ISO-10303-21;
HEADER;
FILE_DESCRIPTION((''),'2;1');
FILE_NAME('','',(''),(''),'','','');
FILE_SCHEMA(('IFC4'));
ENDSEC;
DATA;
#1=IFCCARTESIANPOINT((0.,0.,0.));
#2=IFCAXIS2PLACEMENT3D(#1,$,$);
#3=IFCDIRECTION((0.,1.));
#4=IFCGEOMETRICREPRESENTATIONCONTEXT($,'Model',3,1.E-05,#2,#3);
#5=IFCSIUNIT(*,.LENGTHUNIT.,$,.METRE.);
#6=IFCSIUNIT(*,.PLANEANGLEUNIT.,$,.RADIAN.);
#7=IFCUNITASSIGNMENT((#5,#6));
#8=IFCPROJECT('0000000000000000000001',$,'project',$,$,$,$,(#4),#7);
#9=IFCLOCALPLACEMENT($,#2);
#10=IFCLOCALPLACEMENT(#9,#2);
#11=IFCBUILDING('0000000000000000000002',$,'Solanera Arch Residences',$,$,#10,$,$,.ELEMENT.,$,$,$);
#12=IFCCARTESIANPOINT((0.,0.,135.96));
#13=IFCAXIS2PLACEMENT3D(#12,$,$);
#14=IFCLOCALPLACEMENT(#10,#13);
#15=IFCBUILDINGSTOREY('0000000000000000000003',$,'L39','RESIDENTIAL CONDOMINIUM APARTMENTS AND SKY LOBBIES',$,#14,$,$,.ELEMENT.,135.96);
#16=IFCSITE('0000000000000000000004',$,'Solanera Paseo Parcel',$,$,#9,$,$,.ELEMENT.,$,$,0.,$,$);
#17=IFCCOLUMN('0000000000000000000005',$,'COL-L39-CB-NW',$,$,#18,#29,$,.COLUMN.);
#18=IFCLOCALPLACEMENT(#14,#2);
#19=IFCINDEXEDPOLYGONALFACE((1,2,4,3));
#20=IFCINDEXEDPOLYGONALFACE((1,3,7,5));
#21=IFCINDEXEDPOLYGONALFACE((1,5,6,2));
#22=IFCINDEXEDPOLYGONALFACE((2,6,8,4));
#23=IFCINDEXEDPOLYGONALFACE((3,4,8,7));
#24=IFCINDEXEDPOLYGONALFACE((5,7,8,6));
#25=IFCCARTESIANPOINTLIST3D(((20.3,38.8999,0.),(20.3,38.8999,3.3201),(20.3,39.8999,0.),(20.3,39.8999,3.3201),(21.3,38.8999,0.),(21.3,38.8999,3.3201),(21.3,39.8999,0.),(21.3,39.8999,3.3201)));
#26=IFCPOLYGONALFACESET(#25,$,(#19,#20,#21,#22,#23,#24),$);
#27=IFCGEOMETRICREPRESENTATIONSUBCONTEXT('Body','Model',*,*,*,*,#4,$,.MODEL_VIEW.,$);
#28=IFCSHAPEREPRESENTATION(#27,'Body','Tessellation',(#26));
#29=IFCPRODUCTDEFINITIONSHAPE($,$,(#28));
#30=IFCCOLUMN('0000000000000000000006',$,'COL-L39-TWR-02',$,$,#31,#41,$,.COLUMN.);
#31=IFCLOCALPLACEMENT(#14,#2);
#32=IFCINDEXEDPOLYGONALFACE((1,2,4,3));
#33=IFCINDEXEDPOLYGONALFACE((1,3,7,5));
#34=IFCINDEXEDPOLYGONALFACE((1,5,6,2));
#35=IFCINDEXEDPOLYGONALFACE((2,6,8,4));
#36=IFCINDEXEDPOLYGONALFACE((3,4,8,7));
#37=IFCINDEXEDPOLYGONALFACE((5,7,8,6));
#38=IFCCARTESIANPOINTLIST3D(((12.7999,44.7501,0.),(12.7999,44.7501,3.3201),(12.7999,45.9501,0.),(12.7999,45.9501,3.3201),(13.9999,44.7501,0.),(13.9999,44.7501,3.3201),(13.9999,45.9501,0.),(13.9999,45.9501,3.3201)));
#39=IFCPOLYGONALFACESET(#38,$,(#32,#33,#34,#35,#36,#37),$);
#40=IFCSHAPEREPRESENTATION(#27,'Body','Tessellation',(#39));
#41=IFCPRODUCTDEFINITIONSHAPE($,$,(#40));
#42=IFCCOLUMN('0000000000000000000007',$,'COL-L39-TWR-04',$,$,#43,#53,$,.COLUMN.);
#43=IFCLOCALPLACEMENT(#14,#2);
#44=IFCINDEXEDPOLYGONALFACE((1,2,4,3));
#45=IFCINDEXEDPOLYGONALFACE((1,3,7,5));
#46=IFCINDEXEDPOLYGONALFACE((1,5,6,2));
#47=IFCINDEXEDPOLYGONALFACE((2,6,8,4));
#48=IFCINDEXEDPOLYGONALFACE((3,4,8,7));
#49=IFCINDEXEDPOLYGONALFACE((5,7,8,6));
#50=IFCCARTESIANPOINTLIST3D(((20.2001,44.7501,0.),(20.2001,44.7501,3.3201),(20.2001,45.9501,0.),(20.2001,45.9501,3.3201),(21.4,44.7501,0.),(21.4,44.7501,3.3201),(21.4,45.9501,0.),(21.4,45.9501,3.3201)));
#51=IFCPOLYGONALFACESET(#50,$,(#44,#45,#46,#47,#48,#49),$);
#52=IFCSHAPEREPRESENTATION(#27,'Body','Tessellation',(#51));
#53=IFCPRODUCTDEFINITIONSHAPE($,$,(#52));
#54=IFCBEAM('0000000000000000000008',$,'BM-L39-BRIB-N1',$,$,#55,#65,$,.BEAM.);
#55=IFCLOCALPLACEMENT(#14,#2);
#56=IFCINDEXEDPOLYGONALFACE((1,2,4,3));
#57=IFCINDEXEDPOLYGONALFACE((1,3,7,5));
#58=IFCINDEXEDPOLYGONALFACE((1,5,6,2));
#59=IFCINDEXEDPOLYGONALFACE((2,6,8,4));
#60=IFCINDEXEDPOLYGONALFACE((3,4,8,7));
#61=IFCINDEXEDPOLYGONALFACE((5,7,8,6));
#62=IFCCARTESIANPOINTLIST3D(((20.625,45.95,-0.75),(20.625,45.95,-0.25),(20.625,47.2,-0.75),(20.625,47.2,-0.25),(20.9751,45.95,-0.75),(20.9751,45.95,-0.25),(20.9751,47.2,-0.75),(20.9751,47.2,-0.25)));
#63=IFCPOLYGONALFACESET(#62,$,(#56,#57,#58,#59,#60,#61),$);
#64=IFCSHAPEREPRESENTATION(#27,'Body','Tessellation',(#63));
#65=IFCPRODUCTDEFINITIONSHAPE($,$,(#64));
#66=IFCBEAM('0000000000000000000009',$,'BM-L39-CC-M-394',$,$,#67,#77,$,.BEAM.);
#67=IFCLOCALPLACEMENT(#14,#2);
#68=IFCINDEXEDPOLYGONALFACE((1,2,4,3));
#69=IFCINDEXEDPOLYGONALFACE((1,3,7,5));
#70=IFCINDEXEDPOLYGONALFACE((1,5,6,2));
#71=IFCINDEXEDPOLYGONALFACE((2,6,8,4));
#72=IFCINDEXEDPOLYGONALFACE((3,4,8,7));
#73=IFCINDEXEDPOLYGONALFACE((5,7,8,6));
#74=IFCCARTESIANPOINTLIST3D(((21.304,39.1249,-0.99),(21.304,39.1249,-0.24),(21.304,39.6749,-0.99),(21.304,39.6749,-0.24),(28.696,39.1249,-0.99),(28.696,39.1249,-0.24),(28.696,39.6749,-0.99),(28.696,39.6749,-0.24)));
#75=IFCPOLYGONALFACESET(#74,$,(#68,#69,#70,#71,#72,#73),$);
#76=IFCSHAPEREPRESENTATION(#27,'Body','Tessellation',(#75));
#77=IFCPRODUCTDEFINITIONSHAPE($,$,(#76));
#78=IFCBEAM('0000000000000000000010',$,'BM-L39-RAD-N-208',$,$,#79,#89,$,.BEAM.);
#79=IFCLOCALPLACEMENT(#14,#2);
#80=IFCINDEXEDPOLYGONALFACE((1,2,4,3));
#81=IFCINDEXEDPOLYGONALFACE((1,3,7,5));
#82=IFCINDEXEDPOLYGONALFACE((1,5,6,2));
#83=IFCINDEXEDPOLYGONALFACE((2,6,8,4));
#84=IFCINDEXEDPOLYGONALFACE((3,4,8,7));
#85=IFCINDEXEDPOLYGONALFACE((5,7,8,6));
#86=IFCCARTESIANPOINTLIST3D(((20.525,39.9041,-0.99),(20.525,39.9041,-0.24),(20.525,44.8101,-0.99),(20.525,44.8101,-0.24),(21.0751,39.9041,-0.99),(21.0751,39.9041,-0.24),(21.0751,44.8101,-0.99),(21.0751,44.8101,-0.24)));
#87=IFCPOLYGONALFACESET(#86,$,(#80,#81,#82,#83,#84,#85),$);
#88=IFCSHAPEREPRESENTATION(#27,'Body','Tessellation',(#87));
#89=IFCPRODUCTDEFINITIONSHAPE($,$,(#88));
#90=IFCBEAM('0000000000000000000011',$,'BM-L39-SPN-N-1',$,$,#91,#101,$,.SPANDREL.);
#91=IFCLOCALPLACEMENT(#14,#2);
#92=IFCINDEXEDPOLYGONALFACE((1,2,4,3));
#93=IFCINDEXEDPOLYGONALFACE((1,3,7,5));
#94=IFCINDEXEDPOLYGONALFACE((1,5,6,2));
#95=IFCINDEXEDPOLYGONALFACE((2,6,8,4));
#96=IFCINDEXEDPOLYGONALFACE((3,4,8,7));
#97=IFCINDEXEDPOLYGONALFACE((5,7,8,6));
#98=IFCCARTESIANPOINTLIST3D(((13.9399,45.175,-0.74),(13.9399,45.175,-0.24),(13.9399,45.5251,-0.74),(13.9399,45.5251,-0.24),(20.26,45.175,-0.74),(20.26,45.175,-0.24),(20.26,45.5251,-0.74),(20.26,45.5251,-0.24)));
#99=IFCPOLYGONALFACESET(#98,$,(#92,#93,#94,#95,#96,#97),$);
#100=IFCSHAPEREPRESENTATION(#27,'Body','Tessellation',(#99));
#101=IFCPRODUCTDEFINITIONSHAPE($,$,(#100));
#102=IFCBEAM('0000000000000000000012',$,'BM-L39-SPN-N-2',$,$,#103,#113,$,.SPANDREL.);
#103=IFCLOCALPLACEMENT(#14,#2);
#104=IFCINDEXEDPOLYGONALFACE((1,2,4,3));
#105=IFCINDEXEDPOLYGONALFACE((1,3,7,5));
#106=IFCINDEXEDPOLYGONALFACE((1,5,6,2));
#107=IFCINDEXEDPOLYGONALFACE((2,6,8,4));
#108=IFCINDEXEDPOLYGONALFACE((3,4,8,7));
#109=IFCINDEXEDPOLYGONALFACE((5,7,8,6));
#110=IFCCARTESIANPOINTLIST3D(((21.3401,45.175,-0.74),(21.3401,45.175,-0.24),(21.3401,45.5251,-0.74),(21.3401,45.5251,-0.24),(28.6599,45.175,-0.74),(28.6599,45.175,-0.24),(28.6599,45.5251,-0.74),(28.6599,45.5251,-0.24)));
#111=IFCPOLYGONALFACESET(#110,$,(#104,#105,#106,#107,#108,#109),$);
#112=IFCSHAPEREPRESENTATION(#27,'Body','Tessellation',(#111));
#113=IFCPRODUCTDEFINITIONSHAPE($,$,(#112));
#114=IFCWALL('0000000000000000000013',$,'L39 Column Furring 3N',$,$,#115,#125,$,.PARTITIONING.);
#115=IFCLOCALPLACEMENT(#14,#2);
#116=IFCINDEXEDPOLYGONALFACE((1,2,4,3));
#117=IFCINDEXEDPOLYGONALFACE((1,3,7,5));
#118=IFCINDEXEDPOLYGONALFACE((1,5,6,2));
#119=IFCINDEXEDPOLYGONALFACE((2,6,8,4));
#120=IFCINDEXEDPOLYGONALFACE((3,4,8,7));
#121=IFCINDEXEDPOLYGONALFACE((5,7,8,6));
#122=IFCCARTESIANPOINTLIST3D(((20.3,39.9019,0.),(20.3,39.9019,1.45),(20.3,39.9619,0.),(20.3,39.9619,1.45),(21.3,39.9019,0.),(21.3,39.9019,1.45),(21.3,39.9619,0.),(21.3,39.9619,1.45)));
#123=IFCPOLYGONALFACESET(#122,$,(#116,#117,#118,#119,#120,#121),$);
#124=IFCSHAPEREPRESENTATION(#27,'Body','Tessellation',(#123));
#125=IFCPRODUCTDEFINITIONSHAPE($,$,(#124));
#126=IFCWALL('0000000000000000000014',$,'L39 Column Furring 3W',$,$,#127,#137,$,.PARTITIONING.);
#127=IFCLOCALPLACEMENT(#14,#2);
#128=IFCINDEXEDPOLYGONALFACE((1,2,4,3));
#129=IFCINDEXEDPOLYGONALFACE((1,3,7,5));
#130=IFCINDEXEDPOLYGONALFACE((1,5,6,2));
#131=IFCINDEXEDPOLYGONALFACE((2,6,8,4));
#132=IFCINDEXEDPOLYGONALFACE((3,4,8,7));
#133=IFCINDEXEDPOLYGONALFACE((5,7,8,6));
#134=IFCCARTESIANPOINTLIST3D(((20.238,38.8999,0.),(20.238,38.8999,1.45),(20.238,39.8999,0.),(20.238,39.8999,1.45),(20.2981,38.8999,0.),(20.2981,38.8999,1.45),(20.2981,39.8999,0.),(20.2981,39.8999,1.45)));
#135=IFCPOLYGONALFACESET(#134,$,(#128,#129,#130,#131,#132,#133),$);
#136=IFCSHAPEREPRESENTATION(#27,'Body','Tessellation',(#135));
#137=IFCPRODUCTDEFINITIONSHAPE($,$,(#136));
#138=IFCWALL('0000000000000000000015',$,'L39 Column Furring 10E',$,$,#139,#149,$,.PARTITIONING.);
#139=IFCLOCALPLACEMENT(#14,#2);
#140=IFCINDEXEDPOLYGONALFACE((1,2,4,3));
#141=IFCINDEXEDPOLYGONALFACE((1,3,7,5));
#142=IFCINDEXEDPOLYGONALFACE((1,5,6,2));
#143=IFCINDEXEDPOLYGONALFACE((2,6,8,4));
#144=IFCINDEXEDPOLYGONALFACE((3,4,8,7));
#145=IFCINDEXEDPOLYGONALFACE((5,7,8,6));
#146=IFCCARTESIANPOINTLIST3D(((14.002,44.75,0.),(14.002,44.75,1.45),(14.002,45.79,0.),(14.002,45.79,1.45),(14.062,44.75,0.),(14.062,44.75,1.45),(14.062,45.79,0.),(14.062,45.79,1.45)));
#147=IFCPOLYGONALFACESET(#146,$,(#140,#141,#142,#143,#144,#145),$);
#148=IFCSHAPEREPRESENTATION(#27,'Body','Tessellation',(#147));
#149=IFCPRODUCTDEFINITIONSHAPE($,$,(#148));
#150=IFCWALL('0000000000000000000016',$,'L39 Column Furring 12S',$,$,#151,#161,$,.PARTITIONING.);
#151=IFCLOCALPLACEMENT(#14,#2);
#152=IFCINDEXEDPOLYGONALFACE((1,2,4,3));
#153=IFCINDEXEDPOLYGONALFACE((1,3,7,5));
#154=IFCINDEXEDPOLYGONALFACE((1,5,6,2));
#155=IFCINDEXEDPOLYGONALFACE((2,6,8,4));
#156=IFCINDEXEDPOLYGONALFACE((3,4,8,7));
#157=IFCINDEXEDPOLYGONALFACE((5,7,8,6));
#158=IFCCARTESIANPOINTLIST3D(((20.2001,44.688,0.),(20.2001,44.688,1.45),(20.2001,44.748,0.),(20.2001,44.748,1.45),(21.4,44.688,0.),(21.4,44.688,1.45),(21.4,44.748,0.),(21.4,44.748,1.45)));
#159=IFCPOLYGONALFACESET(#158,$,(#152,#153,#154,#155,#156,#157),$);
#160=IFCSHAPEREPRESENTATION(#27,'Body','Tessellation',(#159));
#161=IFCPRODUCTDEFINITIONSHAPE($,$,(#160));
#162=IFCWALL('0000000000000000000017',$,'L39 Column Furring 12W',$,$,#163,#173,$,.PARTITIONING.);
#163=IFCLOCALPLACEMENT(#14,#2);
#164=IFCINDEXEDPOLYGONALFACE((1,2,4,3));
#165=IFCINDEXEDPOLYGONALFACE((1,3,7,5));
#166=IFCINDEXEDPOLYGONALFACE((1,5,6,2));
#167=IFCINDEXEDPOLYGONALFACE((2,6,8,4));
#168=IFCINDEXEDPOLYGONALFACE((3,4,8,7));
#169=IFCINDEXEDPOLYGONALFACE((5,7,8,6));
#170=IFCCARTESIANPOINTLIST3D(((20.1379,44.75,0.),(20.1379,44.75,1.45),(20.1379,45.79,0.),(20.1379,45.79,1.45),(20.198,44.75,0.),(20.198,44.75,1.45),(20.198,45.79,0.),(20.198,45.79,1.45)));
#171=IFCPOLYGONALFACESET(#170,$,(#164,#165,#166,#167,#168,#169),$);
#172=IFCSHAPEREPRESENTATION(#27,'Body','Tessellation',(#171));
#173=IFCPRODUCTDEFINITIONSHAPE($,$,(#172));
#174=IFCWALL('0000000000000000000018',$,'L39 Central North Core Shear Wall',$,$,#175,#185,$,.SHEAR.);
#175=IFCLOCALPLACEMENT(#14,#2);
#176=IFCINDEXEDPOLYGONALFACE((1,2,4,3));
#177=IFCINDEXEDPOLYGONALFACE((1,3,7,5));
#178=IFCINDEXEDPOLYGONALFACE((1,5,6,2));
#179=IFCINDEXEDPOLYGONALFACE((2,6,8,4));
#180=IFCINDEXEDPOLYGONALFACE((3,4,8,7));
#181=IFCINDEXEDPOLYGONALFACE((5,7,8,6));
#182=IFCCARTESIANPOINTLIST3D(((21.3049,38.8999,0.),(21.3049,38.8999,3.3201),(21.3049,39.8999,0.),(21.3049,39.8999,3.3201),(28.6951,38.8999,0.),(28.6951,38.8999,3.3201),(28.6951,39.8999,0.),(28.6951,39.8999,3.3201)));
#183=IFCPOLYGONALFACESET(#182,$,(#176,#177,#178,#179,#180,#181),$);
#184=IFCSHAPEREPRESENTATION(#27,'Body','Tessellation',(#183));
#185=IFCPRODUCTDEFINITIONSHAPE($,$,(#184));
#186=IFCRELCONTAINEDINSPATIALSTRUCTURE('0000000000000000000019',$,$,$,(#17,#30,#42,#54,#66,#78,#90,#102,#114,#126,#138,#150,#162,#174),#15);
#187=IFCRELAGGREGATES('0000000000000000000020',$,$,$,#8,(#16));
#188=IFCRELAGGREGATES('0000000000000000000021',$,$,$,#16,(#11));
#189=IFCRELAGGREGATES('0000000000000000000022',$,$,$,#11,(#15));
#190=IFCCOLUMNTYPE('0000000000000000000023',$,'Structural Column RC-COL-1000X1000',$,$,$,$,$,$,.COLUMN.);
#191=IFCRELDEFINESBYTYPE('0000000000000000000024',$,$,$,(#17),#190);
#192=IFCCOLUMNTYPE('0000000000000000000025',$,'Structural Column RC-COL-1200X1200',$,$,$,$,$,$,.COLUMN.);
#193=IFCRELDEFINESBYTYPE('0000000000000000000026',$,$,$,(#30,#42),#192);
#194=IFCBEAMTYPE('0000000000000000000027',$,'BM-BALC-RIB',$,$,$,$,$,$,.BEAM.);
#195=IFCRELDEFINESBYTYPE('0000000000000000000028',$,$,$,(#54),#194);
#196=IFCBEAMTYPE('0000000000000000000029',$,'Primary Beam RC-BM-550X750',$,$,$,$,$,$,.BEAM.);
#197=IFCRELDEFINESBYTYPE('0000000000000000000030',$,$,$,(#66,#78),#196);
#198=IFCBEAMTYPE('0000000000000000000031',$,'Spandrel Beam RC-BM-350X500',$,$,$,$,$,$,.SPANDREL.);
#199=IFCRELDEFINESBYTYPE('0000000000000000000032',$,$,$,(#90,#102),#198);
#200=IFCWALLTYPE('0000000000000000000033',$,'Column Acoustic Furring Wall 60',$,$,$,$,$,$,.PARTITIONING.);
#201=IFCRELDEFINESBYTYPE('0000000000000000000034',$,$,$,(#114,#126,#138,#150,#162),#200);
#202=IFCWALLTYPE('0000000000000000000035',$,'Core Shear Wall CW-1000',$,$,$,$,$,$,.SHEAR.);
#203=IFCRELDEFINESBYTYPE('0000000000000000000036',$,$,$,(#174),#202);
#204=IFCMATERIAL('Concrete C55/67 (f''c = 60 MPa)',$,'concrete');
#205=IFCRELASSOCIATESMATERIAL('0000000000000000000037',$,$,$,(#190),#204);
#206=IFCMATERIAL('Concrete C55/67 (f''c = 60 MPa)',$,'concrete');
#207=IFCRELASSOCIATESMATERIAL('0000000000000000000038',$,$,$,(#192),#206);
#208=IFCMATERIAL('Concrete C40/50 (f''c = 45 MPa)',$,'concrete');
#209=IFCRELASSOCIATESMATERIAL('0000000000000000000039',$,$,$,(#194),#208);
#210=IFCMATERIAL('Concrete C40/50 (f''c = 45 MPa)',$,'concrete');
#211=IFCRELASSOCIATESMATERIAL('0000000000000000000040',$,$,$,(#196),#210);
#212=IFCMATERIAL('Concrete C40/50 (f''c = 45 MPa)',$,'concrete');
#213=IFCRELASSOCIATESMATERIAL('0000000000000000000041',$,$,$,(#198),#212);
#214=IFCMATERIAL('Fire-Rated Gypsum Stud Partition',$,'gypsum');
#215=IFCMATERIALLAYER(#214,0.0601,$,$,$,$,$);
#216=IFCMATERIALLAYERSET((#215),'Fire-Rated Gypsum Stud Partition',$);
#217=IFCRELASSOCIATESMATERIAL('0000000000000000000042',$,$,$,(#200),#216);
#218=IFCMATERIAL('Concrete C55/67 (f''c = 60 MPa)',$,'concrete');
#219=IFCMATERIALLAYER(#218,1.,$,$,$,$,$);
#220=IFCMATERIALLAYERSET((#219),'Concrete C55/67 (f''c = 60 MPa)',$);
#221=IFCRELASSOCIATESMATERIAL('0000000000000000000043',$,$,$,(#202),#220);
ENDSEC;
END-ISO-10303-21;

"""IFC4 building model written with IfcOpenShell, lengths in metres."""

from ifc_helpers import new_model, si_unit, direction, frame, frame_2d, origin, origin_2d, place, context, subcontext, project, spatial, rectangle, extrude, material, layer, layer_set, material_profile, profile_set, type_object, element, save


model = new_model("IFC4")

# Units and contexts
model_context = context("Model", 3, precision=1e-05, world=origin(), true_north=direction((0.0, 1.0)))
body_context = subcontext(model_context, "Body", "Model", "MODEL_VIEW")
ifc_project = project(units=[si_unit("LENGTHUNIT", "METRE"), si_unit("PLANEANGLEUNIT", "RADIAN")], contexts=[model_context])

# Site, building, storey
site_placement = place(None, origin())
site = spatial("IfcSite", under=ifc_project, at=site_placement, Name="Solanera Paseo Parcel", CompositionType="ELEMENT", RefElevation=0.0)
building_placement = place(site_placement, origin())
building = spatial("IfcBuilding", under=site, at=building_placement, Name="Solanera Arch Residences", CompositionType="ELEMENT")
storey_placement = place(building_placement, frame((0.0, 0.0, 135.96)))
storey = spatial("IfcBuildingStorey", under=building, at=storey_placement, Name="L39", Description="RESIDENTIAL CONDOMINIUM APARTMENTS AND SKY LOBBIES", CompositionType="ELEMENT", Elevation=135.96)

# Columns
ifc_material_1 = material(Name="Concrete C55/67 (f'c = 60 MPa)", Category="concrete")
ifc_material_profile_1 = material_profile(ifc_material_1, rectangle(XDim=1.0, YDim=1.0, at=origin_2d()))
ifc_profile_set_1 = profile_set([ifc_material_profile_1], Name="Concrete C55/67 (f'c = 60 MPa)")
column_type_1 = type_object("IfcColumnType", Name="Structural Column RC-COL-1000X1000", PredefinedType="COLUMN", material=ifc_profile_set_1)
column_placement = place(storey_placement, frame((20.8, 39.3999, 0.0), z_axis=(0.0, 0.0, 1.0), x_axis=(1.0, 0.0, 0.0)))
element("IfcColumn", 1, at=column_placement, inside=storey, type_object=column_type_1, Name="COL-L39-CB-NW", PredefinedType="COLUMN", context=body_context, shape_type="SweptSolid", body=[
    extrude(rectangle(XDim=1.0, YDim=1.0, at=origin_2d()), origin(), (0.0, 0.0, 1.0), 3.3201),
])
ifc_material_2 = material(Name="Concrete C55/67 (f'c = 60 MPa)", Category="concrete")
ifc_material_profile_2 = material_profile(ifc_material_2, rectangle(XDim=1.2, YDim=1.2, at=origin_2d()))
ifc_profile_set_2 = profile_set([ifc_material_profile_2], Name="Concrete C55/67 (f'c = 60 MPa)")
column_type_2 = type_object("IfcColumnType", Name="Structural Column RC-COL-1200X1200", PredefinedType="COLUMN", material=ifc_profile_set_2)
for number, where, z_axis, x_axis, name in (
    (2, (13.3999, 45.3501, 0.0), (0.0, 0.0, 1.0), (1.0, 0.0, 0.0), "COL-L39-TWR-02"),
    (3, (20.8, 45.3501, 0.0), (0.0, 0.0, 1.0), (1.0, 0.0, 0.0), "COL-L39-TWR-04"),
):
    element("IfcColumn", number, at=place(storey_placement, frame(where, z_axis=z_axis, x_axis=x_axis)), inside=storey, type_object=column_type_2, Name=name, PredefinedType="COLUMN", context=body_context, shape_type="SweptSolid", body=[
        extrude(rectangle(XDim=1.2, YDim=1.2, at=origin_2d()), origin(), (0.0, 0.0, 1.0), 3.3201),
    ])

# Beams
ifc_material_3 = material(Name="Concrete C40/50 (f'c = 45 MPa)", Category="concrete")
ifc_material_profile_3 = material_profile(ifc_material_3, rectangle(XDim=0.3501, YDim=0.5, at=origin_2d()))
ifc_profile_set_3 = profile_set([ifc_material_profile_3], Name="Concrete C40/50 (f'c = 45 MPa)")
beam_type_1 = type_object("IfcBeamType", Name="BM-BALC-RIB", PredefinedType="BEAM", material=ifc_profile_set_3)
beam_1_placement = place(storey_placement, frame((20.8, 45.95, -0.5), z_axis=(0.0, 1.0, 0.0), x_axis=(-1.0, 0.0, 0.0)))
element("IfcBeam", 4, at=beam_1_placement, inside=storey, type_object=beam_type_1, Name="BM-L39-BRIB-N1", PredefinedType="BEAM", context=body_context, shape_type="SweptSolid", body=[
    extrude(rectangle(XDim=0.3501, YDim=0.5, at=origin_2d()), origin(), (0.0, 0.0, 1.0), 1.25),
])
ifc_material_4 = material(Name="Concrete C40/50 (f'c = 45 MPa)", Category="concrete")
ifc_material_profile_4 = material_profile(ifc_material_4, rectangle(XDim=0.55, YDim=0.75, at=origin_2d()))
ifc_profile_set_4 = profile_set([ifc_material_profile_4], Name="Concrete C40/50 (f'c = 45 MPa)")
beam_type_2 = type_object("IfcBeamType", Name="Primary Beam RC-BM-550X750", PredefinedType="BEAM", material=ifc_profile_set_4)
beam_2_placement = place(storey_placement, frame((21.304, 39.3999, -0.615), z_axis=(1.0, 0.0, 0.0), x_axis=(0.0, 1.0, 0.0)))
element("IfcBeam", 5, at=beam_2_placement, inside=storey, type_object=beam_type_2, Name="BM-L39-CC-M-394", PredefinedType="BEAM", context=body_context, shape_type="SweptSolid", body=[
    extrude(rectangle(XDim=0.55, YDim=0.75, at=origin_2d()), origin(), (0.0, 0.0, 1.0), 7.3921),
])
beam_3_placement = place(storey_placement, frame((20.8, 39.9041, -0.615), z_axis=(0.0, 1.0, 0.0), x_axis=(-1.0, 0.0, 0.0)))
element("IfcBeam", 6, at=beam_3_placement, inside=storey, type_object=beam_type_2, Name="BM-L39-RAD-N-208", PredefinedType="BEAM", context=body_context, shape_type="SweptSolid", body=[
    extrude(rectangle(XDim=0.55, YDim=0.75, at=origin_2d()), origin(), (0.0, 0.0, 1.0), 4.906),
])
ifc_material_5 = material(Name="Concrete C40/50 (f'c = 45 MPa)", Category="concrete")
ifc_material_profile_5 = material_profile(ifc_material_5, rectangle(XDim=0.3501, YDim=0.5, at=origin_2d()))
ifc_profile_set_5 = profile_set([ifc_material_profile_5], Name="Concrete C40/50 (f'c = 45 MPa)")
beam_type_3 = type_object("IfcBeamType", Name="Spandrel Beam RC-BM-350X500", PredefinedType="SPANDREL", material=ifc_profile_set_5)
beam_4_placement = place(storey_placement, frame((13.9399, 45.3501, -0.49), z_axis=(1.0, 0.0, 0.0), x_axis=(0.0, 1.0, 0.0)))
element("IfcBeam", 7, at=beam_4_placement, inside=storey, type_object=beam_type_3, Name="BM-L39-SPN-N-1", PredefinedType="SPANDREL", context=body_context, shape_type="SweptSolid", body=[
    extrude(rectangle(XDim=0.3501, YDim=0.5, at=origin_2d()), origin(), (0.0, 0.0, 1.0), 6.3201),
])
beam_5_placement = place(storey_placement, frame((21.3401, 45.3501, -0.49), z_axis=(1.0, 0.0, 0.0), x_axis=(0.0, 1.0, 0.0)))
element("IfcBeam", 8, at=beam_5_placement, inside=storey, type_object=beam_type_3, Name="BM-L39-SPN-N-2", PredefinedType="SPANDREL", context=body_context, shape_type="SweptSolid", body=[
    extrude(rectangle(XDim=0.3501, YDim=0.5, at=origin_2d()), origin(), (0.0, 0.0, 1.0), 7.3198),
])

# Walls
ifc_material_6 = material(Name="Fire-Rated Gypsum Stud Partition", Category="gypsum")
ifc_layer_1 = layer(ifc_material_6, 0.0601)
ifc_layer_set_1 = layer_set([ifc_layer_1], Name="Fire-Rated Gypsum Stud Partition")
wall_type_1 = type_object("IfcWallType", Name="Column Acoustic Furring Wall 60", PredefinedType="PARTITIONING", material=ifc_layer_set_1)
for number, where, z_axis, x_axis, name in (
    (9, (20.3, 39.9319, 0.0), (0.0, 0.0, 1.0), (1.0, 0.0, 0.0), "L39 Column Furring 3N"),
    (10, (20.2681, 38.8999, 0.0), (0.0, 0.0, 1.0), (0.0, 1.0, 0.0), "L39 Column Furring 3W"),
):
    element("IfcWall", number, at=place(storey_placement, frame(where, z_axis=z_axis, x_axis=x_axis)), inside=storey, type_object=wall_type_1, Name=name, PredefinedType="PARTITIONING", context=body_context, shape_type="SweptSolid", body=[
        extrude(rectangle(XDim=1.0, YDim=0.0601, at=frame_2d((0.5, 0.0))), origin(), (0.0, 0.0, 1.0), 1.45),
    ])
wall_1_placement = place(storey_placement, frame((14.032, 44.75, 0.0), z_axis=(0.0, 0.0, 1.0), x_axis=(0.0, 1.0, 0.0)))
element("IfcWall", 11, at=wall_1_placement, inside=storey, type_object=wall_type_1, Name="L39 Column Furring 10E", PredefinedType="PARTITIONING", context=body_context, shape_type="SweptSolid", body=[
    extrude(rectangle(XDim=1.04, YDim=0.0601, at=frame_2d((0.52, 0.0))), origin(), (0.0, 0.0, 1.0), 1.45),
])
wall_2_placement = place(storey_placement, frame((20.2, 44.718, 0.0), z_axis=(0.0, 0.0, 1.0), x_axis=(1.0, 0.0, 0.0)))
element("IfcWall", 12, at=wall_2_placement, inside=storey, type_object=wall_type_1, Name="L39 Column Furring 12S", PredefinedType="PARTITIONING", context=body_context, shape_type="SweptSolid", body=[
    extrude(rectangle(XDim=1.2, YDim=0.0601, at=frame_2d((0.6001, 0.0))), origin(), (0.0, 0.0, 1.0), 1.45),
])
wall_3_placement = place(storey_placement, frame((20.168, 44.75, 0.0), z_axis=(0.0, 0.0, 1.0), x_axis=(0.0, 1.0, 0.0)))
element("IfcWall", 13, at=wall_3_placement, inside=storey, type_object=wall_type_1, Name="L39 Column Furring 12W", PredefinedType="PARTITIONING", context=body_context, shape_type="SweptSolid", body=[
    extrude(rectangle(XDim=1.04, YDim=0.0601, at=frame_2d((0.52, 0.0))), origin(), (0.0, 0.0, 1.0), 1.45),
])
ifc_material_7 = material(Name="Concrete C55/67 (f'c = 60 MPa)", Category="concrete")
ifc_layer_2 = layer(ifc_material_7, 1.0)
ifc_layer_set_2 = layer_set([ifc_layer_2], Name="Concrete C55/67 (f'c = 60 MPa)")
wall_type_2 = type_object("IfcWallType", Name="Core Shear Wall CW-1000", PredefinedType="SHEAR", material=ifc_layer_set_2)
wall_4_placement = place(storey_placement, frame((21.3049, 39.3999, 0.0), z_axis=(0.0, 0.0, 1.0), x_axis=(1.0, 0.0, 0.0)))
element("IfcWall", 14, at=wall_4_placement, inside=storey, type_object=wall_type_2, Name="L39 Central North Core Shear Wall", PredefinedType="SHEAR", context=body_context, shape_type="SweptSolid", body=[
    extrude(rectangle(XDim=7.3901, YDim=1.0, at=frame_2d((3.6951, 0.0))), origin(), (0.0, 0.0, 1.0), 3.3201),
])

save(model, "model.ifc")
